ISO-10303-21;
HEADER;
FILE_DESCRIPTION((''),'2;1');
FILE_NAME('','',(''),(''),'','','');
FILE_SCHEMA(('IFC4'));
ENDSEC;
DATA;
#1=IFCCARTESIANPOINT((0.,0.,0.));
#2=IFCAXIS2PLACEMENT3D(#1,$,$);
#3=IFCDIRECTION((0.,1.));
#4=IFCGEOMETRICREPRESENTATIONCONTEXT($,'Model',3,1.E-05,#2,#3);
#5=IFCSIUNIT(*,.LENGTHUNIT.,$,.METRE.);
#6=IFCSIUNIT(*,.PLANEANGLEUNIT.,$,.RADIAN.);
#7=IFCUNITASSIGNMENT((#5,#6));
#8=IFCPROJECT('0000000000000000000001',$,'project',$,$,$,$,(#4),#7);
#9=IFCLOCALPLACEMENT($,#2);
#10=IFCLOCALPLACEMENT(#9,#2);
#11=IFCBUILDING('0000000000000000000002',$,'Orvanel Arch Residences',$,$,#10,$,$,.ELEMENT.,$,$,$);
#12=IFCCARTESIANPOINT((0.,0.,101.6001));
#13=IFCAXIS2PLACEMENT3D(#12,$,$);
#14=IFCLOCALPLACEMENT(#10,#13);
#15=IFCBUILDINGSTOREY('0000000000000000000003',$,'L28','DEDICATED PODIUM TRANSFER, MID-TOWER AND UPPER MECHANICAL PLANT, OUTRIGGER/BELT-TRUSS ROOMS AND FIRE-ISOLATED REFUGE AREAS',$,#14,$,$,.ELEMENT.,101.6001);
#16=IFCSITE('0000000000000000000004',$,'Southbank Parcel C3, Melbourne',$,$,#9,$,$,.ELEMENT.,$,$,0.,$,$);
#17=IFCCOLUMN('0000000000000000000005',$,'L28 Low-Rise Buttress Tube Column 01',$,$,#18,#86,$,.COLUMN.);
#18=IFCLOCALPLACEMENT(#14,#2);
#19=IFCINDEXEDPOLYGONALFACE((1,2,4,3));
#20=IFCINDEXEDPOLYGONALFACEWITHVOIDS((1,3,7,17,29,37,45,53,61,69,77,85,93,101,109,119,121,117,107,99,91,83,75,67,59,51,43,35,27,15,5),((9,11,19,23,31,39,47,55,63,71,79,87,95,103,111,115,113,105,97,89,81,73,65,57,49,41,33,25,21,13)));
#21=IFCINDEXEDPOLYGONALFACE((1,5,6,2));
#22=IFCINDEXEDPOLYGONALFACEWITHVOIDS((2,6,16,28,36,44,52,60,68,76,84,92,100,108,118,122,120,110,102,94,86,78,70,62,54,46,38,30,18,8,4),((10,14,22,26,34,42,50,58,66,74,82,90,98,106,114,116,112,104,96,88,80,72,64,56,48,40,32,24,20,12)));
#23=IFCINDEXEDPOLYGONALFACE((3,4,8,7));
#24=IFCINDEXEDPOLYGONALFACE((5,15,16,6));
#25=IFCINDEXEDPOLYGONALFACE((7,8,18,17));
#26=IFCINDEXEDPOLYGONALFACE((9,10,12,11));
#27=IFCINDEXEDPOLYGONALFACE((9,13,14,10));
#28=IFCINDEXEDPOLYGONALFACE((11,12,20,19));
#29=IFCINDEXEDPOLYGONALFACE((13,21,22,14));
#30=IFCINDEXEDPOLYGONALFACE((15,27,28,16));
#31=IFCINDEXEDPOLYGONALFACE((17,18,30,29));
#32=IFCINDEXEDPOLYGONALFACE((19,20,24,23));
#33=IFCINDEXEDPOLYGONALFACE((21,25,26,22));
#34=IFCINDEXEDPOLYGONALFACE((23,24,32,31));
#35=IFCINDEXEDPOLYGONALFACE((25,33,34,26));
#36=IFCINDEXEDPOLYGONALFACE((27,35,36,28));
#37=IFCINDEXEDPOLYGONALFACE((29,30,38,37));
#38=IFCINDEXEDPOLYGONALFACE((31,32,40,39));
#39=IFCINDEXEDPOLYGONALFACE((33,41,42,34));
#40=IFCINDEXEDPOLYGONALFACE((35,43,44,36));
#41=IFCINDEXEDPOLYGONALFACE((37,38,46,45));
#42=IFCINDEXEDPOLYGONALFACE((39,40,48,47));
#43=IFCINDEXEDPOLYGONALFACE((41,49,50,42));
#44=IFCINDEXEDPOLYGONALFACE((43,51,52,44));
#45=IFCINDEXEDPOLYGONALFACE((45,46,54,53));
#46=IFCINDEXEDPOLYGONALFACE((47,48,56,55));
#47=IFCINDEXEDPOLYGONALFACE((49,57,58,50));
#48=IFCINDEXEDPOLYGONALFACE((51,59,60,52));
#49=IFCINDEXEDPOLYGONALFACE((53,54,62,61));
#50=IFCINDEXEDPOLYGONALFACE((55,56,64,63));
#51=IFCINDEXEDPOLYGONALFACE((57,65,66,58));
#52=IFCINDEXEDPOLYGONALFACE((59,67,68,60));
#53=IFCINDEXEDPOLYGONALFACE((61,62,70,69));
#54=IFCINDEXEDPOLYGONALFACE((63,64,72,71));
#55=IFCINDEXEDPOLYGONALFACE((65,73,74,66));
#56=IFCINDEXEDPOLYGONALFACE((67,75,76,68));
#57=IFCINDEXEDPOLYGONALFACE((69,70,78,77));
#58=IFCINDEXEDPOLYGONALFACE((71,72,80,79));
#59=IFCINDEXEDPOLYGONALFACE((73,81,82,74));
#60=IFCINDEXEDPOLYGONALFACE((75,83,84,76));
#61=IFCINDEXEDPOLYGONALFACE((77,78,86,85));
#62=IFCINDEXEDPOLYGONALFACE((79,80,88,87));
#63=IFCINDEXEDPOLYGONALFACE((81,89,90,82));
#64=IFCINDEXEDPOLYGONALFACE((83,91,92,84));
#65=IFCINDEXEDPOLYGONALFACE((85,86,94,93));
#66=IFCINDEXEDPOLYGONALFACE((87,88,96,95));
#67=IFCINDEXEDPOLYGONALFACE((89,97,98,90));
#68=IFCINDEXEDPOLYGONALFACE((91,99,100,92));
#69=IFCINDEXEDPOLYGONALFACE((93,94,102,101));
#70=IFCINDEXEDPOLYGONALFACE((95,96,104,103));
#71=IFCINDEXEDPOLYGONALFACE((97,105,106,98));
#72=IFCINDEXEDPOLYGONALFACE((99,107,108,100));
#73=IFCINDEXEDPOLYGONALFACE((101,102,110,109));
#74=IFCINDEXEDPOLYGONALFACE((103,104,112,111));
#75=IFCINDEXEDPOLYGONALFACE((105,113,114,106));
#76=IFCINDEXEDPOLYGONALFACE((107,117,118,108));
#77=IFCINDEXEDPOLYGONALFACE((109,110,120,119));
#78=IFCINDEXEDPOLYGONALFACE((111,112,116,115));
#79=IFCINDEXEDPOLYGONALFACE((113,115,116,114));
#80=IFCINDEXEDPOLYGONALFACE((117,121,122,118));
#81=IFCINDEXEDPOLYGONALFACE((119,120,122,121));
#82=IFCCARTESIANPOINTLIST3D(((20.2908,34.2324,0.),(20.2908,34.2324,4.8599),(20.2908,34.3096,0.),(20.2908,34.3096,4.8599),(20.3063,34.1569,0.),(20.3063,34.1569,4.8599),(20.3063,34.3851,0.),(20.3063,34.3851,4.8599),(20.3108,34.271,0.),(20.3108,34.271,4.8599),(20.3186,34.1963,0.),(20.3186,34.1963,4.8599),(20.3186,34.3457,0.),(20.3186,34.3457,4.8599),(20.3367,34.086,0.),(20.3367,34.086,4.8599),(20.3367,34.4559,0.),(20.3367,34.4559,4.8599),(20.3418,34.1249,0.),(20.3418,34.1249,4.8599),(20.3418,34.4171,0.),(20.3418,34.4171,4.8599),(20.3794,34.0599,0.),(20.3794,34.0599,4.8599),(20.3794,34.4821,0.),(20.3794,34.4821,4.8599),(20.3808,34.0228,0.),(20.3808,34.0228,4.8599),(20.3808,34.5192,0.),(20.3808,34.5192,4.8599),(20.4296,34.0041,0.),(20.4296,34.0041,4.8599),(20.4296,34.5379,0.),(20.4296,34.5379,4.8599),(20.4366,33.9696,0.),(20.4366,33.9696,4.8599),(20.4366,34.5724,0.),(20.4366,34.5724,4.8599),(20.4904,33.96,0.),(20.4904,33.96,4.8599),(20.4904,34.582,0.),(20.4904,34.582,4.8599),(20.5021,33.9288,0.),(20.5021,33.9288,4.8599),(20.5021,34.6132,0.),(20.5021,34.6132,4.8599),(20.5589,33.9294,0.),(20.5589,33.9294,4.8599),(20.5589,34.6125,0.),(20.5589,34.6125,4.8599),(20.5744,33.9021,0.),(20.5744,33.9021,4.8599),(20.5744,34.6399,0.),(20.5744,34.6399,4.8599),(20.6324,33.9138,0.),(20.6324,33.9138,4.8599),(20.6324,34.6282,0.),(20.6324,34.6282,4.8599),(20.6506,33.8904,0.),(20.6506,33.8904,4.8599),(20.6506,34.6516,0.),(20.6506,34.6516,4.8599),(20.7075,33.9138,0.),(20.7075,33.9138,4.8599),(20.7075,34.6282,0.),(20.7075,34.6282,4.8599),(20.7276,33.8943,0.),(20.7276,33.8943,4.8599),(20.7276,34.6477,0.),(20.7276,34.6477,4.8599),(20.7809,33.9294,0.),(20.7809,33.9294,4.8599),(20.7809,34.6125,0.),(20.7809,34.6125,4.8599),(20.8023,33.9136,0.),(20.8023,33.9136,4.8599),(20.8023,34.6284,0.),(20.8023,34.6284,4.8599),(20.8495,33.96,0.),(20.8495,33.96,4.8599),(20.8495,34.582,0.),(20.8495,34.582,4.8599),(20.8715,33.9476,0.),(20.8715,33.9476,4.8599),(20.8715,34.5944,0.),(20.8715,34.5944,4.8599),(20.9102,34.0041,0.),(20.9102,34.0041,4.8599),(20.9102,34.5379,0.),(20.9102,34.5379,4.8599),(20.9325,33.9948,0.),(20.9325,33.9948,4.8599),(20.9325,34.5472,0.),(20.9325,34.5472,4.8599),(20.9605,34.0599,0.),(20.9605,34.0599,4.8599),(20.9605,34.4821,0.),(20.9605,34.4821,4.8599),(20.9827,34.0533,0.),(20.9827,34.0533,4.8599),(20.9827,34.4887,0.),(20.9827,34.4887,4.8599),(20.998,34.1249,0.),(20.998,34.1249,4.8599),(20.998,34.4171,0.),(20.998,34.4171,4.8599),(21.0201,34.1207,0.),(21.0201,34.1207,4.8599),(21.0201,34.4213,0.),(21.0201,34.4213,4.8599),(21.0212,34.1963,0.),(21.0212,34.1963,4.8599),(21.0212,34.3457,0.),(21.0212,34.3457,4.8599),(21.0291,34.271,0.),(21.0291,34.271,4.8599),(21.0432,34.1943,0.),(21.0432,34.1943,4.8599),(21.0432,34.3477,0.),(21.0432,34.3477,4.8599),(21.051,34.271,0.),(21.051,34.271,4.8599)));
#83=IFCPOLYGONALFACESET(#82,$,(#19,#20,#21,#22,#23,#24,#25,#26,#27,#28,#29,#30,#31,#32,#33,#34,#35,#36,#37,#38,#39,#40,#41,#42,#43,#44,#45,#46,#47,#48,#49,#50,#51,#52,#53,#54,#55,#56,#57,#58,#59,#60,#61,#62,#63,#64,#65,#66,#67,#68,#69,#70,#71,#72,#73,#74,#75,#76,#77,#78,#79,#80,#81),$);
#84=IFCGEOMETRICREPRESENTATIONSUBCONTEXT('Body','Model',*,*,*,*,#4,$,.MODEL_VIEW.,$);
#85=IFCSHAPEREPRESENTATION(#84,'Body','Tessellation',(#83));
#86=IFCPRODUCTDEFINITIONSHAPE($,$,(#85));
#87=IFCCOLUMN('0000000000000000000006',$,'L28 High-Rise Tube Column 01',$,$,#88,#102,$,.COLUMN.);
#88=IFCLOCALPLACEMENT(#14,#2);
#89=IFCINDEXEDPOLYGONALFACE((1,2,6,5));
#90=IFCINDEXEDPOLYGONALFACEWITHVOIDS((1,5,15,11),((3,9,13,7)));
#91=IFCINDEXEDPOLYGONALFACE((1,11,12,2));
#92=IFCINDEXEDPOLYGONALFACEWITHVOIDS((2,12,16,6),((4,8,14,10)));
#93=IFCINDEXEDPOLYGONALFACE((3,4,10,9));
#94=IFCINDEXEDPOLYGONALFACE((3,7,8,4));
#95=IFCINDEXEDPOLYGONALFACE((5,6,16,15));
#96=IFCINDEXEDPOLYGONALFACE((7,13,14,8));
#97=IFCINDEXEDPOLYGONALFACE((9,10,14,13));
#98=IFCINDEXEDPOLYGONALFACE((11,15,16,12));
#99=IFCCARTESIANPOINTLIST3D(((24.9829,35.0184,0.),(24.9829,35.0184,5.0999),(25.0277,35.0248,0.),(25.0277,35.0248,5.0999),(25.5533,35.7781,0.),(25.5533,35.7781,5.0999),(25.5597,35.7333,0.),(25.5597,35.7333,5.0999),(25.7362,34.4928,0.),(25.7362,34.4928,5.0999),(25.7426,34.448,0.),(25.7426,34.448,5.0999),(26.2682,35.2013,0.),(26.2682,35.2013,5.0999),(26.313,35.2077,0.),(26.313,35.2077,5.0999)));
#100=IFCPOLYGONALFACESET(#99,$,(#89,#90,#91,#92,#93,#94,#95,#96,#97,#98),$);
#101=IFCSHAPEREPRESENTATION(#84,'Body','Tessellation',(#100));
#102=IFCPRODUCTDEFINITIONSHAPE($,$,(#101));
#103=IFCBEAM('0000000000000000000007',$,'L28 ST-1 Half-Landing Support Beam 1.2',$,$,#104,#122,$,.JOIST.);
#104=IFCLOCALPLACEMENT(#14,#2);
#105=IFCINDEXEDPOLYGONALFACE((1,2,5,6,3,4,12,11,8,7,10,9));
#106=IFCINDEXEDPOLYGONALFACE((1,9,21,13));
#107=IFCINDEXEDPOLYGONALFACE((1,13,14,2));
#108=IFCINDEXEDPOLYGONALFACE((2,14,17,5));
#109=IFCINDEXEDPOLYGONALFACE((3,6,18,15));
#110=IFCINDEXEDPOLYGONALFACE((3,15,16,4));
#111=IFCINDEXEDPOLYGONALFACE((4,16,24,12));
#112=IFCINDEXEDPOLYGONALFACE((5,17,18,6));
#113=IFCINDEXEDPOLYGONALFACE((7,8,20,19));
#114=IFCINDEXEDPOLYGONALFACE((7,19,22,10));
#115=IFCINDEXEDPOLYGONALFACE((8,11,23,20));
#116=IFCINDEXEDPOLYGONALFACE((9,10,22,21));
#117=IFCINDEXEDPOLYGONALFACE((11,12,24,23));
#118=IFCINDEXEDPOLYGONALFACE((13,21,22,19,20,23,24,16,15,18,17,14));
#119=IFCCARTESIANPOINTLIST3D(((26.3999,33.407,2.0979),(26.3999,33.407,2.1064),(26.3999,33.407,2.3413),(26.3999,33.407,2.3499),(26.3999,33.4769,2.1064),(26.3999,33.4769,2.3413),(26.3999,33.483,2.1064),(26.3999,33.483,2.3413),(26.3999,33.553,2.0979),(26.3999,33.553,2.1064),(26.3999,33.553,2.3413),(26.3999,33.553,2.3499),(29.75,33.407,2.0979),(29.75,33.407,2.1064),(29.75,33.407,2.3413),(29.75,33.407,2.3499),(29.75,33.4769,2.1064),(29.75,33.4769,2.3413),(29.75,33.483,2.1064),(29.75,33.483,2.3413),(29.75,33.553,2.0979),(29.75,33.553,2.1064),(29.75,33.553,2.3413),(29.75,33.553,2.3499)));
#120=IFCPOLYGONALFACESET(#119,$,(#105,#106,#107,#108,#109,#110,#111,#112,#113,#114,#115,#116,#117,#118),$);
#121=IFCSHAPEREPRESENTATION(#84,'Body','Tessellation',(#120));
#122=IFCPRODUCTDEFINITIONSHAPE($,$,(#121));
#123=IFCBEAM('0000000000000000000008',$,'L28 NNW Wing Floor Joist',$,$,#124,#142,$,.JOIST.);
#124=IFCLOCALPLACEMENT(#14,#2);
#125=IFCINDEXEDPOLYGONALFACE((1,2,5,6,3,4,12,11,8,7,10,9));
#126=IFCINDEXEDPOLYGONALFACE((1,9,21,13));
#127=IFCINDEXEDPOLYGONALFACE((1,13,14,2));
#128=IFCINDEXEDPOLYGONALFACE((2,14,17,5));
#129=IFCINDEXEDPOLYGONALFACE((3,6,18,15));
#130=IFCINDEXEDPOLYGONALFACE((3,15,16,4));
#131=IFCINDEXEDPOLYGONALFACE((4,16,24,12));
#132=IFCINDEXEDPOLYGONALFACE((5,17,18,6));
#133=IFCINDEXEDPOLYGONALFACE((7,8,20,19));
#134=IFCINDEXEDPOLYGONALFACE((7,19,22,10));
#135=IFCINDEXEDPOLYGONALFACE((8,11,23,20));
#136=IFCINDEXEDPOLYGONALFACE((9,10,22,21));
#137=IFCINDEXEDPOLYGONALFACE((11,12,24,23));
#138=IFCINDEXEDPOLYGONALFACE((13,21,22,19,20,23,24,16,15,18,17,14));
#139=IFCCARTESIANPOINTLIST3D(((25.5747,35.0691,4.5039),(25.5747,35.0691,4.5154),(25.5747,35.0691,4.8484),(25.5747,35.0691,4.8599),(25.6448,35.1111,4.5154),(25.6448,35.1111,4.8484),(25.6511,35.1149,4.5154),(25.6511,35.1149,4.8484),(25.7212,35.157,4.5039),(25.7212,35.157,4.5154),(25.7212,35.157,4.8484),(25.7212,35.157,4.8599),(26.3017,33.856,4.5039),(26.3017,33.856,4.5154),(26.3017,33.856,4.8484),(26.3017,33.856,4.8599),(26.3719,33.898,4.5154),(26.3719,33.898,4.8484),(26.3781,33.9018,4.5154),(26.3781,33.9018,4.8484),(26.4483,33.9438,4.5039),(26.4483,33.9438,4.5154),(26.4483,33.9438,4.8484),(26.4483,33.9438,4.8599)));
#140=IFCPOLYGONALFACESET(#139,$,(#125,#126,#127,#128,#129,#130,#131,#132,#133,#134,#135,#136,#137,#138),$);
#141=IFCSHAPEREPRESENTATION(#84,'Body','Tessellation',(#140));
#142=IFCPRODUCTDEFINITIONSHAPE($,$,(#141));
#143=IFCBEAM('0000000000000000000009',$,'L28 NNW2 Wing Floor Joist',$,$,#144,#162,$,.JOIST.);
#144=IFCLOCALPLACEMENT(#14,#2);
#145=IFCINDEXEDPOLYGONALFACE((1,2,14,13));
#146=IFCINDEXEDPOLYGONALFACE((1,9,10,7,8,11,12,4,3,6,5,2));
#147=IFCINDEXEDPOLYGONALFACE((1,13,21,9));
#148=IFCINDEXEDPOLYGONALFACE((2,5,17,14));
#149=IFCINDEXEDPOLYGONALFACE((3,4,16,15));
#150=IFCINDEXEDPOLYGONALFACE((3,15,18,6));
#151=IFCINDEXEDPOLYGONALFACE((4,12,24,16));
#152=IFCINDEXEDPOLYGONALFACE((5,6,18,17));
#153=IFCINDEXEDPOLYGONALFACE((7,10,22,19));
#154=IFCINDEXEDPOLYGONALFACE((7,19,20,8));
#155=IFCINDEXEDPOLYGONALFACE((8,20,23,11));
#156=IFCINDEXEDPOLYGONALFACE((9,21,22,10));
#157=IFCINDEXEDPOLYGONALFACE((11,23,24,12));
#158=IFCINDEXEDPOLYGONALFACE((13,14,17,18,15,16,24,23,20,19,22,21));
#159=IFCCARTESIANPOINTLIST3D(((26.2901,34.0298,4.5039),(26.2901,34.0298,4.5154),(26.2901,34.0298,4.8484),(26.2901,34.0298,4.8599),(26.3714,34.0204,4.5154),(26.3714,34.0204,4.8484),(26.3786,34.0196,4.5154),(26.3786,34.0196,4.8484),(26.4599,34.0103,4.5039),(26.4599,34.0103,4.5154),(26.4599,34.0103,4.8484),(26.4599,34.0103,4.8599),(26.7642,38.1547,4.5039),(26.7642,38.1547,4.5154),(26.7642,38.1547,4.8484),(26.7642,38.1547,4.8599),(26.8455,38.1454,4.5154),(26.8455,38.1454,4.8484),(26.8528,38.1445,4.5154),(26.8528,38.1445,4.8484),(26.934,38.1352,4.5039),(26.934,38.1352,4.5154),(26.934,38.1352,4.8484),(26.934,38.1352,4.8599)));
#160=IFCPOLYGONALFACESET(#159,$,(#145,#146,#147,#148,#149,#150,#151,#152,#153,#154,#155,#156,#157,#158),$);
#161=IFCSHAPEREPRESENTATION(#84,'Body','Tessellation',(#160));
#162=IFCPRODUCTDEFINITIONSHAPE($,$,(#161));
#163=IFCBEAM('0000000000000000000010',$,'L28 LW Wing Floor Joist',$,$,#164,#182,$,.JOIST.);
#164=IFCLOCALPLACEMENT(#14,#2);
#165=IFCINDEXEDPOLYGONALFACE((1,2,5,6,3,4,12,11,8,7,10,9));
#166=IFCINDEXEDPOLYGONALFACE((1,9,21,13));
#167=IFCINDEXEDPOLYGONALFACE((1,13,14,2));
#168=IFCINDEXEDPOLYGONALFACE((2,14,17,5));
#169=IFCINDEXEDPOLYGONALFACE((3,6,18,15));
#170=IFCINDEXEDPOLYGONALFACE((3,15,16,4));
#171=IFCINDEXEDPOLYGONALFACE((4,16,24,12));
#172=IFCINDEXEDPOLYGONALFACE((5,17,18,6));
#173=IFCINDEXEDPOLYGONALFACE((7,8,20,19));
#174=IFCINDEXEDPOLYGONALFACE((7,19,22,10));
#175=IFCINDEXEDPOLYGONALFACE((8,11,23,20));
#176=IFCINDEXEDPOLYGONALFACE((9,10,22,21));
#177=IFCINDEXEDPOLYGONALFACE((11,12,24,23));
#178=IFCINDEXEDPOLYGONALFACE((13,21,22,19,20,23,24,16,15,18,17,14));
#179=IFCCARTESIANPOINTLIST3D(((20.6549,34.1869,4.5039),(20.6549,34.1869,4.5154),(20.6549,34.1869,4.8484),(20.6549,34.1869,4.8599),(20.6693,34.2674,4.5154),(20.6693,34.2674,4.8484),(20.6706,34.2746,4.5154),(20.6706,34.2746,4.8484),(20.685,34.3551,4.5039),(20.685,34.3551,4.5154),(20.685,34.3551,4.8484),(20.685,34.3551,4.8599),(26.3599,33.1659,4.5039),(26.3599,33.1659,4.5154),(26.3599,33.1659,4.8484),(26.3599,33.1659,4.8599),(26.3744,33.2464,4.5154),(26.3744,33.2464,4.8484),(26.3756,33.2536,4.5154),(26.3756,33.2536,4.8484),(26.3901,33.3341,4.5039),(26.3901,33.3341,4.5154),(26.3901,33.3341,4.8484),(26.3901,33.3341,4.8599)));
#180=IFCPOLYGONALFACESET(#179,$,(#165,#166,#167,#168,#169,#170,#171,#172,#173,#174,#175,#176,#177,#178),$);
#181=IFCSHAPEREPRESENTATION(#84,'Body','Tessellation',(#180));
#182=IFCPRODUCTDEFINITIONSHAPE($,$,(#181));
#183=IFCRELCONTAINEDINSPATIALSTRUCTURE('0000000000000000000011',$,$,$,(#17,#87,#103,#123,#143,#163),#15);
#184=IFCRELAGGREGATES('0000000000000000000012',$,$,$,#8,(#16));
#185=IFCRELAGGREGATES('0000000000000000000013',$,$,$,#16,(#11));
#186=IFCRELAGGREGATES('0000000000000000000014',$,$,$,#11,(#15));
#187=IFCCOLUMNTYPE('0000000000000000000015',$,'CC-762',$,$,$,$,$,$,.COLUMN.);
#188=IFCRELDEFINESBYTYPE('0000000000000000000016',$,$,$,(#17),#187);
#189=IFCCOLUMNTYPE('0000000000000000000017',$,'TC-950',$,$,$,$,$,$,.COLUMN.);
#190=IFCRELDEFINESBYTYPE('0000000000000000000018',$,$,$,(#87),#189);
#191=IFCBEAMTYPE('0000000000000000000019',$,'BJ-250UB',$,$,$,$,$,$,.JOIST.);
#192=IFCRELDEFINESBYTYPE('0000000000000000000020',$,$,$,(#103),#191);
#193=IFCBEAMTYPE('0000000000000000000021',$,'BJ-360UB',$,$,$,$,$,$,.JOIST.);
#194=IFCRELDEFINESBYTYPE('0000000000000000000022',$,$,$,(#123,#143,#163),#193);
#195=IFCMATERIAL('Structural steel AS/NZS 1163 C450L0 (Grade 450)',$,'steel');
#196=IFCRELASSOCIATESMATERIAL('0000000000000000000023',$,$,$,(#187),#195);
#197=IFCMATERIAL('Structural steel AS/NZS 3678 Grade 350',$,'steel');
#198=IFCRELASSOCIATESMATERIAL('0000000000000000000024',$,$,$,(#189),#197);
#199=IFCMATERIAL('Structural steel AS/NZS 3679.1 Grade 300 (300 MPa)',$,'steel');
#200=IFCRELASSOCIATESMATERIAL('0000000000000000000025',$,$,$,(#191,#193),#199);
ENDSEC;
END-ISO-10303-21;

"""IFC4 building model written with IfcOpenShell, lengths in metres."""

from ifc_helpers import new_model, si_unit, direction, frame, origin, origin_2d, place, context, subcontext, project, spatial, hollow_rectangle, hollow_circle, i_section, extrude, material, material_profile, profile_set, type_object, element, save


model = new_model("IFC4")

# Units and contexts
model_context = context("Model", 3, precision=1e-05, world=origin(), true_north=direction((0.0, 1.0)))
body_context = subcontext(model_context, "Body", "Model", "MODEL_VIEW")
ifc_project = project(units=[si_unit("LENGTHUNIT", "METRE"), si_unit("PLANEANGLEUNIT", "RADIAN")], contexts=[model_context])

# Site, building, storey
site_placement = place(None, origin())
site = spatial("IfcSite", under=ifc_project, at=site_placement, Name="Southbank Parcel C3, Melbourne", CompositionType="ELEMENT", RefElevation=0.0)
building_placement = place(site_placement, origin())
building = spatial("IfcBuilding", under=site, at=building_placement, Name="Orvanel Arch Residences", CompositionType="ELEMENT")
storey_placement = place(building_placement, frame((0.0, 0.0, 101.6001)))
storey = spatial("IfcBuildingStorey", under=building, at=storey_placement, Name="L28", Description="DEDICATED PODIUM TRANSFER, MID-TOWER AND UPPER MECHANICAL PLANT, OUTRIGGER/BELT-TRUSS ROOMS AND FIRE-ISOLATED REFUGE AREAS", CompositionType="ELEMENT", Elevation=101.6001)

# Columns
ifc_material_1 = material(Name="Structural steel AS/NZS 1163 C450L0 (Grade 450)", Category="steel")
ifc_material_profile_1 = material_profile(ifc_material_1, hollow_circle(Radius=0.3811, WallThickness=0.022, at=origin_2d()), Name="CHS762x22")
ifc_profile_set_1 = profile_set([ifc_material_profile_1], Name="Structural steel AS/NZS 1163 C450L0 (Grade 450)")
column_type_1 = type_object("IfcColumnType", Name="CC-762", PredefinedType="COLUMN", material=ifc_profile_set_1)
column_1_placement = place(storey_placement, frame((20.6699, 34.271, 0.0), z_axis=(0.0, 0.0, 1.0), x_axis=(1.0, 0.0, 0.0)))
element("IfcColumn", 1, at=column_1_placement, inside=storey, type_object=column_type_1, Name="L28 Low-Rise Buttress Tube Column 01", PredefinedType="COLUMN", context=body_context, shape_type="SweptSolid", body=[
    extrude(hollow_circle(Radius=0.3811, WallThickness=0.022, at=origin_2d()), origin(), (0.0, 0.0, 1.0), 4.8599),
])
ifc_material_2 = material(Name="Structural steel AS/NZS 3678 Grade 350", Category="steel")
ifc_material_profile_2 = material_profile(ifc_material_2, hollow_rectangle(XDim=0.95, YDim=0.95, WallThickness=0.032, at=origin_2d()), Name="BOX950x950x32")
ifc_profile_set_2 = profile_set([ifc_material_profile_2], Name="Structural steel AS/NZS 3678 Grade 350")
column_type_2 = type_object("IfcColumnType", Name="TC-950", PredefinedType="COLUMN", material=ifc_profile_set_2)
column_2_placement = place(storey_placement, frame((25.6479, 35.113, 0.0), z_axis=(0.0, 0.0, 1.0), x_axis=(0.60042, 0.799685, 0.0)))
element("IfcColumn", 2, at=column_2_placement, inside=storey, type_object=column_type_2, Name="L28 High-Rise Tube Column 01", PredefinedType="COLUMN", context=body_context, shape_type="SweptSolid", body=[
    extrude(hollow_rectangle(XDim=0.95, YDim=0.95, WallThickness=0.032, at=origin_2d()), origin(), (0.0, 0.0, 1.0), 5.0999),
])

# Beams
ifc_material_3 = material(Name="Structural steel AS/NZS 3679.1 Grade 300 (300 MPa)", Category="steel")
ifc_material_profile_3 = material_profile(ifc_material_3, i_section(OverallWidth=0.146, OverallDepth=0.252, WebThickness=0.0061, FlangeThickness=0.0085, at=origin_2d()), Name="250UB31.4")
ifc_profile_set_3 = profile_set([ifc_material_profile_3], Name="Structural steel AS/NZS 3679.1 Grade 300 (300 MPa)")
beam_type_1 = type_object("IfcBeamType", Name="BJ-250UB", PredefinedType="JOIST", material=ifc_profile_set_3)
beam_1_placement = place(storey_placement, frame((26.3999, 33.48, 2.2239), z_axis=(1.0, 0.0, 0.0), x_axis=(0.0, 1.0, 0.0)))
element("IfcBeam", 3, at=beam_1_placement, inside=storey, type_object=beam_type_1, Name="L28 ST-1 Half-Landing Support Beam 1.2", PredefinedType="JOIST", context=body_context, shape_type="SweptSolid", body=[
    extrude(i_section(OverallWidth=0.146, OverallDepth=0.252, WebThickness=0.0061, FlangeThickness=0.0085, at=origin_2d()), origin(), (0.0, 0.0, 1.0), 3.3501),
])
ifc_material_profile_4 = material_profile(ifc_material_3, i_section(OverallWidth=0.1709, OverallDepth=0.356, WebThickness=0.0073, FlangeThickness=0.0115, at=origin_2d()), Name="360UB50.7")
ifc_profile_set_4 = profile_set([ifc_material_profile_4], Name="Structural steel AS/NZS 3679.1 Grade 300 (300 MPa)")
beam_type_2 = type_object("IfcBeamType", Name="BJ-360UB", PredefinedType="JOIST", material=ifc_profile_set_4)
beam_2_placement = place(storey_placement, frame((26.375, 33.8999, 4.6819), z_axis=(-0.514064, 0.857752, 0.0), x_axis=(-0.857752, -0.514064, 0.0)))
element("IfcBeam", 4, at=beam_2_placement, inside=storey, type_object=beam_type_2, Name="L28 NNW Wing Floor Joist", PredefinedType="JOIST", context=body_context, shape_type="SweptSolid", body=[
    extrude(i_section(OverallWidth=0.1709, OverallDepth=0.356, WebThickness=0.0073, FlangeThickness=0.0115, at=origin_2d()), origin(), (0.0, 0.0, 1.0), 1.4143),
])
beam_3_placement = place(storey_placement, frame((26.375, 34.02, 4.6819), z_axis=(0.114187, 0.993459, 0.0), x_axis=(-0.993459, 0.114187, 0.0)))
element("IfcBeam", 5, at=beam_3_placement, inside=storey, type_object=beam_type_2, Name="L28 NNW2 Wing Floor Joist", PredefinedType="JOIST", context=body_context, shape_type="SweptSolid", body=[
    extrude(i_section(OverallWidth=0.1709, OverallDepth=0.356, WebThickness=0.0073, FlangeThickness=0.0115, at=origin_2d()), origin(), (0.0, 0.0, 1.0), 4.1521),
])
beam_4_placement = place(storey_placement, frame((26.375, 33.25, 4.6819), z_axis=(-0.984361, 0.176164, 0.0), x_axis=(-0.176164, -0.984361, 0.0)))
element("IfcBeam", 6, at=beam_4_placement, inside=storey, type_object=beam_type_2, Name="L28 LW Wing Floor Joist", PredefinedType="JOIST", context=body_context, shape_type="SweptSolid", body=[
    extrude(i_section(OverallWidth=0.1709, OverallDepth=0.356, WebThickness=0.0073, FlangeThickness=0.0115, at=origin_2d()), origin(), (0.0, 0.0, 1.0), 5.7957),
])

save(model, "model.ifc")
